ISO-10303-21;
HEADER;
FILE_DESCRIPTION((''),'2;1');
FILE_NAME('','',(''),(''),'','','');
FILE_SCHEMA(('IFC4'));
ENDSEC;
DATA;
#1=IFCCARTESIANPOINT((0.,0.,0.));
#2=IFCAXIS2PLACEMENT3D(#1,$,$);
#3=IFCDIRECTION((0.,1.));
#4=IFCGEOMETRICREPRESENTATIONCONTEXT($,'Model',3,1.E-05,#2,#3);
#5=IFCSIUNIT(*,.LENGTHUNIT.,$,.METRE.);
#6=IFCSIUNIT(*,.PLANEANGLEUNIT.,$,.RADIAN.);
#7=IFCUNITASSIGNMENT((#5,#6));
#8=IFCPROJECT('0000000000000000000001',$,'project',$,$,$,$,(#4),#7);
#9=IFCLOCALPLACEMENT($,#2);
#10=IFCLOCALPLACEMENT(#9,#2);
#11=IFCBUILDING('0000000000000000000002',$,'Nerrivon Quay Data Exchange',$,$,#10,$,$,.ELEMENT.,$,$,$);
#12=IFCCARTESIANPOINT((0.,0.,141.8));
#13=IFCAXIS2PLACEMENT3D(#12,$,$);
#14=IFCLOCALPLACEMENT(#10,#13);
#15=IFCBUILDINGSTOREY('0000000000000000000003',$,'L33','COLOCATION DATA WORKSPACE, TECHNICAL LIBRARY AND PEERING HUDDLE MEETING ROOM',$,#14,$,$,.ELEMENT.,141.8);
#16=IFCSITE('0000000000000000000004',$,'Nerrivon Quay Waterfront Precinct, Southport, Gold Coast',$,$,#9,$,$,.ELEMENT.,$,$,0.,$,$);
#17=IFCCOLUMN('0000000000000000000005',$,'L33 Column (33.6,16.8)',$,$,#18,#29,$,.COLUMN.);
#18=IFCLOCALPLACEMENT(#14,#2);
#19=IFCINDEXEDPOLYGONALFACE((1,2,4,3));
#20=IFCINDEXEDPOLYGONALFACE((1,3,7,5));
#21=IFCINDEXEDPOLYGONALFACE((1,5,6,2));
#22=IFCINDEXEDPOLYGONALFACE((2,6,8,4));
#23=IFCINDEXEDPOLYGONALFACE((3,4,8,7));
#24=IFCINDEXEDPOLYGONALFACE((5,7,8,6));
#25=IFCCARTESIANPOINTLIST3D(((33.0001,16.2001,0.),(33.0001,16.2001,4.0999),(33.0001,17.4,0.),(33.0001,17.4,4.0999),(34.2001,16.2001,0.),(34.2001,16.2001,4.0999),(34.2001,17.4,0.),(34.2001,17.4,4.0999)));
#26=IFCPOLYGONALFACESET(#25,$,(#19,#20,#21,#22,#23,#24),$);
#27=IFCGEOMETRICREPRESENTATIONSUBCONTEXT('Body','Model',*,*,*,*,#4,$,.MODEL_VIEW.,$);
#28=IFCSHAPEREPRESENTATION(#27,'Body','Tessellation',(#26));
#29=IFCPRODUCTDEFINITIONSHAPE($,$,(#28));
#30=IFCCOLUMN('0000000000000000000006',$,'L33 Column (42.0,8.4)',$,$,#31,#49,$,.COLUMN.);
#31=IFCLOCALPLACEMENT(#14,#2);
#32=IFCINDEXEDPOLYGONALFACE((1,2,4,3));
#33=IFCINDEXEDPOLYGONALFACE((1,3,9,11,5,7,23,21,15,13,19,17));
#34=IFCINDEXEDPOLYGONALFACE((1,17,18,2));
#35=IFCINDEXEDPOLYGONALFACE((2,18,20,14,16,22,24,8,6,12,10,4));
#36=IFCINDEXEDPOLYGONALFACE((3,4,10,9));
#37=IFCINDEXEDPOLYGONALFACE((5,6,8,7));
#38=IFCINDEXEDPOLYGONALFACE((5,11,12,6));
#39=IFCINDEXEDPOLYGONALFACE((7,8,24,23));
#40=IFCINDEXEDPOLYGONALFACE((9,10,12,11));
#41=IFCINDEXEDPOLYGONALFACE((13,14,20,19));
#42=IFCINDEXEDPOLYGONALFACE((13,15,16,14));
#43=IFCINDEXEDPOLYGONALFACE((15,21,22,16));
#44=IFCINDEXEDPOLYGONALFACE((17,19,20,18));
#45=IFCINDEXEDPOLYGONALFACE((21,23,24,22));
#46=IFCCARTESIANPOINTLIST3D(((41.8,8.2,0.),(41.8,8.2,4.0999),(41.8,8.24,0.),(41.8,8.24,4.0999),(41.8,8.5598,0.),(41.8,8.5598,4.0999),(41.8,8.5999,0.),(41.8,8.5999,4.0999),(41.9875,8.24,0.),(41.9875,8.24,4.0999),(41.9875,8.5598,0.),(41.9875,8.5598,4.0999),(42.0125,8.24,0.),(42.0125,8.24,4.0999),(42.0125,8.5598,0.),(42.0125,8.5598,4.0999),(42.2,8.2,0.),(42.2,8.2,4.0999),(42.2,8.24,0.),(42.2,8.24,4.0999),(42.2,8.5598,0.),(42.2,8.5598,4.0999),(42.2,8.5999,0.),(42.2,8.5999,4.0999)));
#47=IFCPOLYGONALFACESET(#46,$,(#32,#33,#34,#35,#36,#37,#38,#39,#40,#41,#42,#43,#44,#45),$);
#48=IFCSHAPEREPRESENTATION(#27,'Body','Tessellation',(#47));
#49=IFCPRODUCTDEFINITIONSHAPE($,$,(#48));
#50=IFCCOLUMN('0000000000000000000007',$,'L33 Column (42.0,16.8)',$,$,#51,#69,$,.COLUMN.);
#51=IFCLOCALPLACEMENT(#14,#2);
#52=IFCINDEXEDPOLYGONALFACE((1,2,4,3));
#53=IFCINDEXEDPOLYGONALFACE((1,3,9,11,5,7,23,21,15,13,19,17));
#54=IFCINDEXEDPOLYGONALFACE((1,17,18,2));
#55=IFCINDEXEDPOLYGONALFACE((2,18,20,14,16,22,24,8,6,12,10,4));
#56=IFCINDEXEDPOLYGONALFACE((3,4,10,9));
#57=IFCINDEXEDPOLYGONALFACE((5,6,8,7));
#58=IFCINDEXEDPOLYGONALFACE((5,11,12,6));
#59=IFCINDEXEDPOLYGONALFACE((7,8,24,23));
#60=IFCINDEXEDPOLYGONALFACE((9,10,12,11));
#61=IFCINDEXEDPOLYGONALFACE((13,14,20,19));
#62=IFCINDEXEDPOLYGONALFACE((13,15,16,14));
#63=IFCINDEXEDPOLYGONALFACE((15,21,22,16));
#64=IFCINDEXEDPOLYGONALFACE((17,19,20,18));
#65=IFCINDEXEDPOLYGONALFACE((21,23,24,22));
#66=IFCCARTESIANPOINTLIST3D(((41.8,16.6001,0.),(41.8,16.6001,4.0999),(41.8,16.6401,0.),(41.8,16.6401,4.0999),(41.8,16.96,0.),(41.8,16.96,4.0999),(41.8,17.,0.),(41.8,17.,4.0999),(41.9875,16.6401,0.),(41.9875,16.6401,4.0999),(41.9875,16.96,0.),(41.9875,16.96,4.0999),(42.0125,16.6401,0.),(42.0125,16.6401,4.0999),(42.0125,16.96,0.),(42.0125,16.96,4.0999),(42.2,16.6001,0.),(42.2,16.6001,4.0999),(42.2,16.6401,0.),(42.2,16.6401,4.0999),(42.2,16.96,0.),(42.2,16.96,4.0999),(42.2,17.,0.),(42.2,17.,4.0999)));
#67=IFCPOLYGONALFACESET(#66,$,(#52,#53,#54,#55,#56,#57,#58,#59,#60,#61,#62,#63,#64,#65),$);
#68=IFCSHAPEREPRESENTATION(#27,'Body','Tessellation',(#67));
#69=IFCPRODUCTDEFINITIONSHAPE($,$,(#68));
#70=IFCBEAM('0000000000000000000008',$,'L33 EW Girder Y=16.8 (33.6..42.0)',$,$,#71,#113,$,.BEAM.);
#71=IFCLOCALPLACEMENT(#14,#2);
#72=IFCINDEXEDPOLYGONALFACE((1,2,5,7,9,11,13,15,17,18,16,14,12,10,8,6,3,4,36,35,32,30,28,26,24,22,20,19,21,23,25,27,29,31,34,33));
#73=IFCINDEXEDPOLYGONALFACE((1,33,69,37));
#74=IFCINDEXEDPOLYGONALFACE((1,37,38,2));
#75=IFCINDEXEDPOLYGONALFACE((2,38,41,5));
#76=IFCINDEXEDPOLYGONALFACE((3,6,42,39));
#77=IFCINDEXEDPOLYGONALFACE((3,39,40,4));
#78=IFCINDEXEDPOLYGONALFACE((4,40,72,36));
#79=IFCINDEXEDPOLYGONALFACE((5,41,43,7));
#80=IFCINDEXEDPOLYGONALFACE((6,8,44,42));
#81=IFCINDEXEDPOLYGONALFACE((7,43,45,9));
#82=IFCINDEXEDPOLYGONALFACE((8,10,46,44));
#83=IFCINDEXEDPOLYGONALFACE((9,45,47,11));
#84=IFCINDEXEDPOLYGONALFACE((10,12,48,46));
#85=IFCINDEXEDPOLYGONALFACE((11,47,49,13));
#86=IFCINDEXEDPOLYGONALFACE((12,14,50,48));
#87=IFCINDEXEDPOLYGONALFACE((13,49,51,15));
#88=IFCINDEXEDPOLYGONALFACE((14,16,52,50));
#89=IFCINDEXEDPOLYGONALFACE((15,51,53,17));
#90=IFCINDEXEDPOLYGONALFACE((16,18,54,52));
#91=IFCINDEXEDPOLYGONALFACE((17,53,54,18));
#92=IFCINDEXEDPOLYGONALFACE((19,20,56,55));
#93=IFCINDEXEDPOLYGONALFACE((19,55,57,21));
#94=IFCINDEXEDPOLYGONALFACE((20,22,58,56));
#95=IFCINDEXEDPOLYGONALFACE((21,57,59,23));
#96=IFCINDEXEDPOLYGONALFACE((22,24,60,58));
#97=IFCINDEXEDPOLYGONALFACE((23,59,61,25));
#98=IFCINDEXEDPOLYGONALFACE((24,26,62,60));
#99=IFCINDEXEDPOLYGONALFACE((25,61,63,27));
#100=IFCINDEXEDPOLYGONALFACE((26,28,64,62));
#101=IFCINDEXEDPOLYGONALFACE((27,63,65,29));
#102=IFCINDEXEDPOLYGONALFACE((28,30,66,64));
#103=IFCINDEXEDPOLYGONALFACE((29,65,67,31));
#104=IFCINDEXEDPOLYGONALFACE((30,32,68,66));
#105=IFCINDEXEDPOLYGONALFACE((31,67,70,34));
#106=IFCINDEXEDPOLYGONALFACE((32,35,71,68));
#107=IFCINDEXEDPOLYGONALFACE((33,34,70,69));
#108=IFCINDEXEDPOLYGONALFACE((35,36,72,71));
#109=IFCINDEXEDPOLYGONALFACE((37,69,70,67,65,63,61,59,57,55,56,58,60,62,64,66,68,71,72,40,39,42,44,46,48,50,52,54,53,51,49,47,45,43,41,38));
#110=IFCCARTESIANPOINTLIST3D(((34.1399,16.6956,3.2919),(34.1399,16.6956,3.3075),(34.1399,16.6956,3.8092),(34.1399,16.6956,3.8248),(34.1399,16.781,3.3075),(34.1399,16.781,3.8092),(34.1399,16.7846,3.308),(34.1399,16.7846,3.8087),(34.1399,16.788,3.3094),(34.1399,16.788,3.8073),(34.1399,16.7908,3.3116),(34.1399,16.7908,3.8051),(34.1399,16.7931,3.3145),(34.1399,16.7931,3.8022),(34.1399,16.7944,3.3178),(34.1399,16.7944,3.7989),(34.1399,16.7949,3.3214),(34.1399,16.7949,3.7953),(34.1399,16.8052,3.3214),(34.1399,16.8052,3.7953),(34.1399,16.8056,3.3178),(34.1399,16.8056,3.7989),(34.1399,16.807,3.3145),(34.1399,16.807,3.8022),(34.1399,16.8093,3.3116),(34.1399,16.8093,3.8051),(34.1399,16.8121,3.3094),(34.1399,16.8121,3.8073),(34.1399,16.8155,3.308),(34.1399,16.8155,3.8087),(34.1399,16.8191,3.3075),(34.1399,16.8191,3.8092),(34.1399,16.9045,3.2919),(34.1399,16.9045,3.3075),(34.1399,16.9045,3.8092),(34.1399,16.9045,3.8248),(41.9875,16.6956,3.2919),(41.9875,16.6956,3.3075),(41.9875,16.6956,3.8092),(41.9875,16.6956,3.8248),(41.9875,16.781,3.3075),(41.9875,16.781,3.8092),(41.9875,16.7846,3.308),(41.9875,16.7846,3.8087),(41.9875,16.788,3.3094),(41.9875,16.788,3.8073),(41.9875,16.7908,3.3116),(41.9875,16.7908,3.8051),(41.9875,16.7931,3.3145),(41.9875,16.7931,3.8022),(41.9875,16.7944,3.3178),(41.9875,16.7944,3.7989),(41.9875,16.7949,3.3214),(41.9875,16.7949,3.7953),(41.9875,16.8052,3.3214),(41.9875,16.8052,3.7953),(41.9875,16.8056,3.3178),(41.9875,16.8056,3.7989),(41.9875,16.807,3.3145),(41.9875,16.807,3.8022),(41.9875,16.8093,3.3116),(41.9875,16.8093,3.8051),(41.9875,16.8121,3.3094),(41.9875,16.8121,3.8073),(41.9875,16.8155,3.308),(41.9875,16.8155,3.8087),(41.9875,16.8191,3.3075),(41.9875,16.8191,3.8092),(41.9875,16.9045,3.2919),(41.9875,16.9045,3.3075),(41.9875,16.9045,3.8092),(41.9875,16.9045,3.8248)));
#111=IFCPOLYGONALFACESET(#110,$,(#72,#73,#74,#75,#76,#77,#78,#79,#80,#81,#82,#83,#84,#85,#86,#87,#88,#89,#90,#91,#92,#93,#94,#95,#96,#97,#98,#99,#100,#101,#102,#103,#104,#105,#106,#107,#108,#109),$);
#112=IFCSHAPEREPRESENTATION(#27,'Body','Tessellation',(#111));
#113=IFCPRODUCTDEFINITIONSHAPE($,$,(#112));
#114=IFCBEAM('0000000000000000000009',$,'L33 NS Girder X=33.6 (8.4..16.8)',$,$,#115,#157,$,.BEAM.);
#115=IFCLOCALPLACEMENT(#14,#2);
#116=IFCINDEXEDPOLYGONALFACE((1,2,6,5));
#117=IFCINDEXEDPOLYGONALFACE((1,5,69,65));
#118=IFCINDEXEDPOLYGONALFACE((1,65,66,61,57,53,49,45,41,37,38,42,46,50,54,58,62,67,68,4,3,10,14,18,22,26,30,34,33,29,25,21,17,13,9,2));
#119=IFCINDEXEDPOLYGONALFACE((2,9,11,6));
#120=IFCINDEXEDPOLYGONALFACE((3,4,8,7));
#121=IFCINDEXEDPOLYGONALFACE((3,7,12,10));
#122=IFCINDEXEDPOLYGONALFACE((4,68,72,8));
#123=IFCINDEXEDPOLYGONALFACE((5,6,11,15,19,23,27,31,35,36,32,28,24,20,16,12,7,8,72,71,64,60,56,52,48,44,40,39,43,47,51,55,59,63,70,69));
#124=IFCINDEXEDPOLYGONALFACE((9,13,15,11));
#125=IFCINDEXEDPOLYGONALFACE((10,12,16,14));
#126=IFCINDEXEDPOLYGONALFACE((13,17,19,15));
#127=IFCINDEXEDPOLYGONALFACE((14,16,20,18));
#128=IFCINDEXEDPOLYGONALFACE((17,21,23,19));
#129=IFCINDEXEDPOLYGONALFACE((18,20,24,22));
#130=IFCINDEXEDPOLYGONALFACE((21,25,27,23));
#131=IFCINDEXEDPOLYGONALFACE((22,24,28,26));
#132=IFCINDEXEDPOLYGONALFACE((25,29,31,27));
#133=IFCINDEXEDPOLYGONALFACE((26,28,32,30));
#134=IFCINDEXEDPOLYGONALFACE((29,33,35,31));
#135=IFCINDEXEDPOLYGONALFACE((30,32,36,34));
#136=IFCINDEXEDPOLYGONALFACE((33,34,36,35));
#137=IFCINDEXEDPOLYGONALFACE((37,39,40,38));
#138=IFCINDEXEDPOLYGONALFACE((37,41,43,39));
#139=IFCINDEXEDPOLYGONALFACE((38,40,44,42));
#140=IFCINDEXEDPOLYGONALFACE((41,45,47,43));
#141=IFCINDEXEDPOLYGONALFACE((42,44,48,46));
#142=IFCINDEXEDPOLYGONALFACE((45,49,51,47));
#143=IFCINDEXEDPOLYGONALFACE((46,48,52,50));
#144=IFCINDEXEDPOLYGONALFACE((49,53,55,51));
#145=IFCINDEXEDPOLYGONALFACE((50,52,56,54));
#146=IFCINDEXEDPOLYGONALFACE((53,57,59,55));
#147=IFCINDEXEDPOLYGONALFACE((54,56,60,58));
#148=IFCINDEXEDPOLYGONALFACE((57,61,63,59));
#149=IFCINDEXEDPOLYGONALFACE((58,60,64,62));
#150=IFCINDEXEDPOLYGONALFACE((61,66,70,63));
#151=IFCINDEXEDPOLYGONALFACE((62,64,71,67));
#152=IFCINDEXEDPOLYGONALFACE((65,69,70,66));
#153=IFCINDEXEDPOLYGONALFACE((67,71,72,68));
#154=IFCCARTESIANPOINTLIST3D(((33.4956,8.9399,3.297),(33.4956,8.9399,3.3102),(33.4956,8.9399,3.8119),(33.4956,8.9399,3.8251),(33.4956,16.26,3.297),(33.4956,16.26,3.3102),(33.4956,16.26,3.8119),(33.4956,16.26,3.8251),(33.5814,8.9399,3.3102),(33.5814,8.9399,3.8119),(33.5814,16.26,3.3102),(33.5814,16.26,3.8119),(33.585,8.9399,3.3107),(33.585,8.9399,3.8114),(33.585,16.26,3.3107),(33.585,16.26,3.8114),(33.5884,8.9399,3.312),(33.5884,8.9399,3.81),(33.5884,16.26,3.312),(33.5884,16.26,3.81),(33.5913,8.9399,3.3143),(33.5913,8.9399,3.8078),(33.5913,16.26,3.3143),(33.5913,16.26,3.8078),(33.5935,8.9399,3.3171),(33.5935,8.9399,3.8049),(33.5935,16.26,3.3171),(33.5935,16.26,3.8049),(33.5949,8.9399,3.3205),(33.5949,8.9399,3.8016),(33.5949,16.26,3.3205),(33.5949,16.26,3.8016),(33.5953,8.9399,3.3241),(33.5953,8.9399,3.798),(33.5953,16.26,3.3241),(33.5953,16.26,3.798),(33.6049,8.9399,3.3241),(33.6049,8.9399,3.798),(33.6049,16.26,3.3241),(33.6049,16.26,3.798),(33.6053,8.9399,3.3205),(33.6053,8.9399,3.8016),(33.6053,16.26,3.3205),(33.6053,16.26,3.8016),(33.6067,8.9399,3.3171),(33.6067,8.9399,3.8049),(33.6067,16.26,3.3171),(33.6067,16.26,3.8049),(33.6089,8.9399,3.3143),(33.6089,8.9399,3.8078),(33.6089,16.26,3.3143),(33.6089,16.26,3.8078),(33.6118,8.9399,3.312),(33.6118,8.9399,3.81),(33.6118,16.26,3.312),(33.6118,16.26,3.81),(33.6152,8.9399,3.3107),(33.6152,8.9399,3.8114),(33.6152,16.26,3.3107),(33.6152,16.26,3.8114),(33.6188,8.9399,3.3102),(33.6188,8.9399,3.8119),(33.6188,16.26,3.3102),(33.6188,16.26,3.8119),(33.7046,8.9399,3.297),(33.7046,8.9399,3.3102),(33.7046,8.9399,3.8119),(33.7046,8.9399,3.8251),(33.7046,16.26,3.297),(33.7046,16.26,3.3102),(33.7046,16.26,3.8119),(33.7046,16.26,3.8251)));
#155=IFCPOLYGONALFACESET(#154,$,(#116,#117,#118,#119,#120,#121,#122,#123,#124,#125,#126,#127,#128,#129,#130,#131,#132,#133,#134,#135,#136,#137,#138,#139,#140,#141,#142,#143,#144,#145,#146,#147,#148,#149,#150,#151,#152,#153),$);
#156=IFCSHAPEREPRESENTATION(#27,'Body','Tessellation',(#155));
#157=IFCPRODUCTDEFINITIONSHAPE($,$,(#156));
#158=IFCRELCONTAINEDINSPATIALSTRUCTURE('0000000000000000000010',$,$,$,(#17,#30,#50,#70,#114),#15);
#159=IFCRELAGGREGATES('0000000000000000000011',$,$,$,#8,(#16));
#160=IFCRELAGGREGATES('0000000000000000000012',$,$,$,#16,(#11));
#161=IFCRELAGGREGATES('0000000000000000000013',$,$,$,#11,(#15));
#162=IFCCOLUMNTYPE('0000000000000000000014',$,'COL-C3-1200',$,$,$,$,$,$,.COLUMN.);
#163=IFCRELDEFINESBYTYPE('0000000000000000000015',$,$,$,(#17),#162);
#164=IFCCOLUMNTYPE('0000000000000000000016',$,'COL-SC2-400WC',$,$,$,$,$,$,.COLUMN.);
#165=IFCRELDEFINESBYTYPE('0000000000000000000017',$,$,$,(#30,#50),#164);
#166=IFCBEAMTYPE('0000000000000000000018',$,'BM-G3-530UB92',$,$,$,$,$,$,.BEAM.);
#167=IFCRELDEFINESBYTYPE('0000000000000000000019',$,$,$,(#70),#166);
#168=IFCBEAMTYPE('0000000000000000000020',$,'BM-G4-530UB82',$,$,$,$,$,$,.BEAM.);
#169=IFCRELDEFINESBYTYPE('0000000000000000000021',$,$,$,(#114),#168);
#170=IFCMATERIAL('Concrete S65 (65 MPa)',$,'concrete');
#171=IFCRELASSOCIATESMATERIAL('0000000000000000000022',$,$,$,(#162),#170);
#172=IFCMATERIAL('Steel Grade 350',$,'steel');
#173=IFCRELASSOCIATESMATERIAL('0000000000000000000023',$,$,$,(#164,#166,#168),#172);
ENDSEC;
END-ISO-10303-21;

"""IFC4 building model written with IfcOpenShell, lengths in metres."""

from ifc_helpers import new_model, si_unit, direction, frame, origin, origin_2d, place, context, subcontext, project, spatial, rectangle, i_section, extrude, material, material_profile, profile_set, type_object, element, save


model = new_model("IFC4")

# Units and contexts
model_context = context("Model", 3, precision=1e-05, world=origin(), true_north=direction((0.0, 1.0)))
body_context = subcontext(model_context, "Body", "Model", "MODEL_VIEW")
ifc_project = project(units=[si_unit("LENGTHUNIT", "METRE"), si_unit("PLANEANGLEUNIT", "RADIAN")], contexts=[model_context])

# Site, building, storey
site_placement = place(None, origin())
site = spatial("IfcSite", under=ifc_project, at=site_placement, Name="Nerrivon Quay Waterfront Precinct, Southport, Gold Coast", CompositionType="ELEMENT", RefElevation=0.0)
building_placement = place(site_placement, origin())
building = spatial("IfcBuilding", under=site, at=building_placement, Name="Nerrivon Quay Data Exchange", CompositionType="ELEMENT")
storey_placement = place(building_placement, frame((0.0, 0.0, 141.8)))
storey = spatial("IfcBuildingStorey", under=building, at=storey_placement, Name="L33", Description="COLOCATION DATA WORKSPACE, TECHNICAL LIBRARY AND PEERING HUDDLE MEETING ROOM", CompositionType="ELEMENT", Elevation=141.8)

# Columns
ifc_material_1 = material(Name="Concrete S65 (65 MPa)", Category="concrete")
ifc_material_profile_1 = material_profile(ifc_material_1, rectangle(XDim=1.2, YDim=1.2, at=origin_2d()), Name="RC-COL-1200x1200")
ifc_profile_set_1 = profile_set([ifc_material_profile_1], Name="Concrete S65 (65 MPa)")
column_type_1 = type_object("IfcColumnType", Name="COL-C3-1200", PredefinedType="COLUMN", material=ifc_profile_set_1)
column_placement = place(storey_placement, frame((33.6001, 16.8, 0.0), z_axis=(0.0, 0.0, 1.0), x_axis=(1.0, 0.0, 0.0)))
element("IfcColumn", 1, at=column_placement, inside=storey, type_object=column_type_1, Name="L33 Column (33.6,16.8)", PredefinedType="COLUMN", context=body_context, shape_type="SweptSolid", body=[
    extrude(rectangle(XDim=1.2, YDim=1.2, at=origin_2d()), origin(), (0.0, 0.0, 1.0), 4.0999),
])
ifc_material_2 = material(Name="Steel Grade 350", Category="steel")
ifc_material_profile_2 = material_profile(ifc_material_2, i_section(OverallWidth=0.3999, OverallDepth=0.3999, WebThickness=0.0249, FlangeThickness=0.04, at=origin_2d()), Name="400WC328")
ifc_profile_set_2 = profile_set([ifc_material_profile_2], Name="Steel Grade 350")
column_type_2 = type_object("IfcColumnType", Name="COL-SC2-400WC", PredefinedType="COLUMN", material=ifc_profile_set_2)
for number, where, z_axis, x_axis, name in (
    (2, (42.0, 8.3999, 0.0), (0.0, 0.0, 1.0), (1.0, 0.0, 0.0), "L33 Column (42.0,8.4)"),
    (3, (42.0, 16.8, 0.0), (0.0, 0.0, 1.0), (1.0, 0.0, 0.0), "L33 Column (42.0,16.8)"),
):
    element("IfcColumn", number, at=place(storey_placement, frame(where, z_axis=z_axis, x_axis=x_axis)), inside=storey, type_object=column_type_2, Name=name, PredefinedType="COLUMN", context=body_context, shape_type="SweptSolid", body=[
        extrude(i_section(OverallWidth=0.3999, OverallDepth=0.3999, WebThickness=0.0249, FlangeThickness=0.04, at=origin_2d()), origin(), (0.0, 0.0, 1.0), 4.0999),
    ])

# Beams
ifc_material_profile_3 = material_profile(ifc_material_2, i_section(OverallWidth=0.209, OverallDepth=0.533, WebThickness=0.0103, FlangeThickness=0.0156, FilletRadius=0.0139, at=origin_2d()), Name="530UB92.4")
ifc_profile_set_3 = profile_set([ifc_material_profile_3], Name="Steel Grade 350")
beam_type_1 = type_object("IfcBeamType", Name="BM-G3-530UB92", PredefinedType="BEAM", material=ifc_profile_set_3)
beam_1_placement = place(storey_placement, frame((34.1399, 16.8, 3.5583), z_axis=(1.0, 0.0, 0.0), x_axis=(0.0, 1.0, 0.0)))
element("IfcBeam", 4, at=beam_1_placement, inside=storey, type_object=beam_type_1, Name="L33 EW Girder Y=16.8 (33.6..42.0)", PredefinedType="BEAM", context=body_context, shape_type="SweptSolid", body=[
    extrude(i_section(OverallWidth=0.209, OverallDepth=0.533, WebThickness=0.0103, FlangeThickness=0.0156, FilletRadius=0.0139, at=origin_2d()), origin(), (0.0, 0.0, 1.0), 7.8477),
])
ifc_material_profile_4 = material_profile(ifc_material_2, i_section(OverallWidth=0.209, OverallDepth=0.5281, WebThickness=0.0095, FlangeThickness=0.0132, FilletRadius=0.0139, at=origin_2d()), Name="530UB82.0")
ifc_profile_set_4 = profile_set([ifc_material_profile_4], Name="Steel Grade 350")
beam_type_2 = type_object("IfcBeamType", Name="BM-G4-530UB82", PredefinedType="BEAM", material=ifc_profile_set_4)
beam_2_placement = place(storey_placement, frame((33.6001, 8.9399, 3.561), z_axis=(0.0, 1.0, 0.0), x_axis=(-1.0, 0.0, 0.0)))
element("IfcBeam", 5, at=beam_2_placement, inside=storey, type_object=beam_type_2, Name="L33 NS Girder X=33.6 (8.4..16.8)", PredefinedType="BEAM", context=body_context, shape_type="SweptSolid", body=[
    extrude(i_section(OverallWidth=0.209, OverallDepth=0.5281, WebThickness=0.0095, FlangeThickness=0.0132, FilletRadius=0.0139, at=origin_2d()), origin(), (0.0, 0.0, 1.0), 7.3201),
])

save(model, "model.ifc")
